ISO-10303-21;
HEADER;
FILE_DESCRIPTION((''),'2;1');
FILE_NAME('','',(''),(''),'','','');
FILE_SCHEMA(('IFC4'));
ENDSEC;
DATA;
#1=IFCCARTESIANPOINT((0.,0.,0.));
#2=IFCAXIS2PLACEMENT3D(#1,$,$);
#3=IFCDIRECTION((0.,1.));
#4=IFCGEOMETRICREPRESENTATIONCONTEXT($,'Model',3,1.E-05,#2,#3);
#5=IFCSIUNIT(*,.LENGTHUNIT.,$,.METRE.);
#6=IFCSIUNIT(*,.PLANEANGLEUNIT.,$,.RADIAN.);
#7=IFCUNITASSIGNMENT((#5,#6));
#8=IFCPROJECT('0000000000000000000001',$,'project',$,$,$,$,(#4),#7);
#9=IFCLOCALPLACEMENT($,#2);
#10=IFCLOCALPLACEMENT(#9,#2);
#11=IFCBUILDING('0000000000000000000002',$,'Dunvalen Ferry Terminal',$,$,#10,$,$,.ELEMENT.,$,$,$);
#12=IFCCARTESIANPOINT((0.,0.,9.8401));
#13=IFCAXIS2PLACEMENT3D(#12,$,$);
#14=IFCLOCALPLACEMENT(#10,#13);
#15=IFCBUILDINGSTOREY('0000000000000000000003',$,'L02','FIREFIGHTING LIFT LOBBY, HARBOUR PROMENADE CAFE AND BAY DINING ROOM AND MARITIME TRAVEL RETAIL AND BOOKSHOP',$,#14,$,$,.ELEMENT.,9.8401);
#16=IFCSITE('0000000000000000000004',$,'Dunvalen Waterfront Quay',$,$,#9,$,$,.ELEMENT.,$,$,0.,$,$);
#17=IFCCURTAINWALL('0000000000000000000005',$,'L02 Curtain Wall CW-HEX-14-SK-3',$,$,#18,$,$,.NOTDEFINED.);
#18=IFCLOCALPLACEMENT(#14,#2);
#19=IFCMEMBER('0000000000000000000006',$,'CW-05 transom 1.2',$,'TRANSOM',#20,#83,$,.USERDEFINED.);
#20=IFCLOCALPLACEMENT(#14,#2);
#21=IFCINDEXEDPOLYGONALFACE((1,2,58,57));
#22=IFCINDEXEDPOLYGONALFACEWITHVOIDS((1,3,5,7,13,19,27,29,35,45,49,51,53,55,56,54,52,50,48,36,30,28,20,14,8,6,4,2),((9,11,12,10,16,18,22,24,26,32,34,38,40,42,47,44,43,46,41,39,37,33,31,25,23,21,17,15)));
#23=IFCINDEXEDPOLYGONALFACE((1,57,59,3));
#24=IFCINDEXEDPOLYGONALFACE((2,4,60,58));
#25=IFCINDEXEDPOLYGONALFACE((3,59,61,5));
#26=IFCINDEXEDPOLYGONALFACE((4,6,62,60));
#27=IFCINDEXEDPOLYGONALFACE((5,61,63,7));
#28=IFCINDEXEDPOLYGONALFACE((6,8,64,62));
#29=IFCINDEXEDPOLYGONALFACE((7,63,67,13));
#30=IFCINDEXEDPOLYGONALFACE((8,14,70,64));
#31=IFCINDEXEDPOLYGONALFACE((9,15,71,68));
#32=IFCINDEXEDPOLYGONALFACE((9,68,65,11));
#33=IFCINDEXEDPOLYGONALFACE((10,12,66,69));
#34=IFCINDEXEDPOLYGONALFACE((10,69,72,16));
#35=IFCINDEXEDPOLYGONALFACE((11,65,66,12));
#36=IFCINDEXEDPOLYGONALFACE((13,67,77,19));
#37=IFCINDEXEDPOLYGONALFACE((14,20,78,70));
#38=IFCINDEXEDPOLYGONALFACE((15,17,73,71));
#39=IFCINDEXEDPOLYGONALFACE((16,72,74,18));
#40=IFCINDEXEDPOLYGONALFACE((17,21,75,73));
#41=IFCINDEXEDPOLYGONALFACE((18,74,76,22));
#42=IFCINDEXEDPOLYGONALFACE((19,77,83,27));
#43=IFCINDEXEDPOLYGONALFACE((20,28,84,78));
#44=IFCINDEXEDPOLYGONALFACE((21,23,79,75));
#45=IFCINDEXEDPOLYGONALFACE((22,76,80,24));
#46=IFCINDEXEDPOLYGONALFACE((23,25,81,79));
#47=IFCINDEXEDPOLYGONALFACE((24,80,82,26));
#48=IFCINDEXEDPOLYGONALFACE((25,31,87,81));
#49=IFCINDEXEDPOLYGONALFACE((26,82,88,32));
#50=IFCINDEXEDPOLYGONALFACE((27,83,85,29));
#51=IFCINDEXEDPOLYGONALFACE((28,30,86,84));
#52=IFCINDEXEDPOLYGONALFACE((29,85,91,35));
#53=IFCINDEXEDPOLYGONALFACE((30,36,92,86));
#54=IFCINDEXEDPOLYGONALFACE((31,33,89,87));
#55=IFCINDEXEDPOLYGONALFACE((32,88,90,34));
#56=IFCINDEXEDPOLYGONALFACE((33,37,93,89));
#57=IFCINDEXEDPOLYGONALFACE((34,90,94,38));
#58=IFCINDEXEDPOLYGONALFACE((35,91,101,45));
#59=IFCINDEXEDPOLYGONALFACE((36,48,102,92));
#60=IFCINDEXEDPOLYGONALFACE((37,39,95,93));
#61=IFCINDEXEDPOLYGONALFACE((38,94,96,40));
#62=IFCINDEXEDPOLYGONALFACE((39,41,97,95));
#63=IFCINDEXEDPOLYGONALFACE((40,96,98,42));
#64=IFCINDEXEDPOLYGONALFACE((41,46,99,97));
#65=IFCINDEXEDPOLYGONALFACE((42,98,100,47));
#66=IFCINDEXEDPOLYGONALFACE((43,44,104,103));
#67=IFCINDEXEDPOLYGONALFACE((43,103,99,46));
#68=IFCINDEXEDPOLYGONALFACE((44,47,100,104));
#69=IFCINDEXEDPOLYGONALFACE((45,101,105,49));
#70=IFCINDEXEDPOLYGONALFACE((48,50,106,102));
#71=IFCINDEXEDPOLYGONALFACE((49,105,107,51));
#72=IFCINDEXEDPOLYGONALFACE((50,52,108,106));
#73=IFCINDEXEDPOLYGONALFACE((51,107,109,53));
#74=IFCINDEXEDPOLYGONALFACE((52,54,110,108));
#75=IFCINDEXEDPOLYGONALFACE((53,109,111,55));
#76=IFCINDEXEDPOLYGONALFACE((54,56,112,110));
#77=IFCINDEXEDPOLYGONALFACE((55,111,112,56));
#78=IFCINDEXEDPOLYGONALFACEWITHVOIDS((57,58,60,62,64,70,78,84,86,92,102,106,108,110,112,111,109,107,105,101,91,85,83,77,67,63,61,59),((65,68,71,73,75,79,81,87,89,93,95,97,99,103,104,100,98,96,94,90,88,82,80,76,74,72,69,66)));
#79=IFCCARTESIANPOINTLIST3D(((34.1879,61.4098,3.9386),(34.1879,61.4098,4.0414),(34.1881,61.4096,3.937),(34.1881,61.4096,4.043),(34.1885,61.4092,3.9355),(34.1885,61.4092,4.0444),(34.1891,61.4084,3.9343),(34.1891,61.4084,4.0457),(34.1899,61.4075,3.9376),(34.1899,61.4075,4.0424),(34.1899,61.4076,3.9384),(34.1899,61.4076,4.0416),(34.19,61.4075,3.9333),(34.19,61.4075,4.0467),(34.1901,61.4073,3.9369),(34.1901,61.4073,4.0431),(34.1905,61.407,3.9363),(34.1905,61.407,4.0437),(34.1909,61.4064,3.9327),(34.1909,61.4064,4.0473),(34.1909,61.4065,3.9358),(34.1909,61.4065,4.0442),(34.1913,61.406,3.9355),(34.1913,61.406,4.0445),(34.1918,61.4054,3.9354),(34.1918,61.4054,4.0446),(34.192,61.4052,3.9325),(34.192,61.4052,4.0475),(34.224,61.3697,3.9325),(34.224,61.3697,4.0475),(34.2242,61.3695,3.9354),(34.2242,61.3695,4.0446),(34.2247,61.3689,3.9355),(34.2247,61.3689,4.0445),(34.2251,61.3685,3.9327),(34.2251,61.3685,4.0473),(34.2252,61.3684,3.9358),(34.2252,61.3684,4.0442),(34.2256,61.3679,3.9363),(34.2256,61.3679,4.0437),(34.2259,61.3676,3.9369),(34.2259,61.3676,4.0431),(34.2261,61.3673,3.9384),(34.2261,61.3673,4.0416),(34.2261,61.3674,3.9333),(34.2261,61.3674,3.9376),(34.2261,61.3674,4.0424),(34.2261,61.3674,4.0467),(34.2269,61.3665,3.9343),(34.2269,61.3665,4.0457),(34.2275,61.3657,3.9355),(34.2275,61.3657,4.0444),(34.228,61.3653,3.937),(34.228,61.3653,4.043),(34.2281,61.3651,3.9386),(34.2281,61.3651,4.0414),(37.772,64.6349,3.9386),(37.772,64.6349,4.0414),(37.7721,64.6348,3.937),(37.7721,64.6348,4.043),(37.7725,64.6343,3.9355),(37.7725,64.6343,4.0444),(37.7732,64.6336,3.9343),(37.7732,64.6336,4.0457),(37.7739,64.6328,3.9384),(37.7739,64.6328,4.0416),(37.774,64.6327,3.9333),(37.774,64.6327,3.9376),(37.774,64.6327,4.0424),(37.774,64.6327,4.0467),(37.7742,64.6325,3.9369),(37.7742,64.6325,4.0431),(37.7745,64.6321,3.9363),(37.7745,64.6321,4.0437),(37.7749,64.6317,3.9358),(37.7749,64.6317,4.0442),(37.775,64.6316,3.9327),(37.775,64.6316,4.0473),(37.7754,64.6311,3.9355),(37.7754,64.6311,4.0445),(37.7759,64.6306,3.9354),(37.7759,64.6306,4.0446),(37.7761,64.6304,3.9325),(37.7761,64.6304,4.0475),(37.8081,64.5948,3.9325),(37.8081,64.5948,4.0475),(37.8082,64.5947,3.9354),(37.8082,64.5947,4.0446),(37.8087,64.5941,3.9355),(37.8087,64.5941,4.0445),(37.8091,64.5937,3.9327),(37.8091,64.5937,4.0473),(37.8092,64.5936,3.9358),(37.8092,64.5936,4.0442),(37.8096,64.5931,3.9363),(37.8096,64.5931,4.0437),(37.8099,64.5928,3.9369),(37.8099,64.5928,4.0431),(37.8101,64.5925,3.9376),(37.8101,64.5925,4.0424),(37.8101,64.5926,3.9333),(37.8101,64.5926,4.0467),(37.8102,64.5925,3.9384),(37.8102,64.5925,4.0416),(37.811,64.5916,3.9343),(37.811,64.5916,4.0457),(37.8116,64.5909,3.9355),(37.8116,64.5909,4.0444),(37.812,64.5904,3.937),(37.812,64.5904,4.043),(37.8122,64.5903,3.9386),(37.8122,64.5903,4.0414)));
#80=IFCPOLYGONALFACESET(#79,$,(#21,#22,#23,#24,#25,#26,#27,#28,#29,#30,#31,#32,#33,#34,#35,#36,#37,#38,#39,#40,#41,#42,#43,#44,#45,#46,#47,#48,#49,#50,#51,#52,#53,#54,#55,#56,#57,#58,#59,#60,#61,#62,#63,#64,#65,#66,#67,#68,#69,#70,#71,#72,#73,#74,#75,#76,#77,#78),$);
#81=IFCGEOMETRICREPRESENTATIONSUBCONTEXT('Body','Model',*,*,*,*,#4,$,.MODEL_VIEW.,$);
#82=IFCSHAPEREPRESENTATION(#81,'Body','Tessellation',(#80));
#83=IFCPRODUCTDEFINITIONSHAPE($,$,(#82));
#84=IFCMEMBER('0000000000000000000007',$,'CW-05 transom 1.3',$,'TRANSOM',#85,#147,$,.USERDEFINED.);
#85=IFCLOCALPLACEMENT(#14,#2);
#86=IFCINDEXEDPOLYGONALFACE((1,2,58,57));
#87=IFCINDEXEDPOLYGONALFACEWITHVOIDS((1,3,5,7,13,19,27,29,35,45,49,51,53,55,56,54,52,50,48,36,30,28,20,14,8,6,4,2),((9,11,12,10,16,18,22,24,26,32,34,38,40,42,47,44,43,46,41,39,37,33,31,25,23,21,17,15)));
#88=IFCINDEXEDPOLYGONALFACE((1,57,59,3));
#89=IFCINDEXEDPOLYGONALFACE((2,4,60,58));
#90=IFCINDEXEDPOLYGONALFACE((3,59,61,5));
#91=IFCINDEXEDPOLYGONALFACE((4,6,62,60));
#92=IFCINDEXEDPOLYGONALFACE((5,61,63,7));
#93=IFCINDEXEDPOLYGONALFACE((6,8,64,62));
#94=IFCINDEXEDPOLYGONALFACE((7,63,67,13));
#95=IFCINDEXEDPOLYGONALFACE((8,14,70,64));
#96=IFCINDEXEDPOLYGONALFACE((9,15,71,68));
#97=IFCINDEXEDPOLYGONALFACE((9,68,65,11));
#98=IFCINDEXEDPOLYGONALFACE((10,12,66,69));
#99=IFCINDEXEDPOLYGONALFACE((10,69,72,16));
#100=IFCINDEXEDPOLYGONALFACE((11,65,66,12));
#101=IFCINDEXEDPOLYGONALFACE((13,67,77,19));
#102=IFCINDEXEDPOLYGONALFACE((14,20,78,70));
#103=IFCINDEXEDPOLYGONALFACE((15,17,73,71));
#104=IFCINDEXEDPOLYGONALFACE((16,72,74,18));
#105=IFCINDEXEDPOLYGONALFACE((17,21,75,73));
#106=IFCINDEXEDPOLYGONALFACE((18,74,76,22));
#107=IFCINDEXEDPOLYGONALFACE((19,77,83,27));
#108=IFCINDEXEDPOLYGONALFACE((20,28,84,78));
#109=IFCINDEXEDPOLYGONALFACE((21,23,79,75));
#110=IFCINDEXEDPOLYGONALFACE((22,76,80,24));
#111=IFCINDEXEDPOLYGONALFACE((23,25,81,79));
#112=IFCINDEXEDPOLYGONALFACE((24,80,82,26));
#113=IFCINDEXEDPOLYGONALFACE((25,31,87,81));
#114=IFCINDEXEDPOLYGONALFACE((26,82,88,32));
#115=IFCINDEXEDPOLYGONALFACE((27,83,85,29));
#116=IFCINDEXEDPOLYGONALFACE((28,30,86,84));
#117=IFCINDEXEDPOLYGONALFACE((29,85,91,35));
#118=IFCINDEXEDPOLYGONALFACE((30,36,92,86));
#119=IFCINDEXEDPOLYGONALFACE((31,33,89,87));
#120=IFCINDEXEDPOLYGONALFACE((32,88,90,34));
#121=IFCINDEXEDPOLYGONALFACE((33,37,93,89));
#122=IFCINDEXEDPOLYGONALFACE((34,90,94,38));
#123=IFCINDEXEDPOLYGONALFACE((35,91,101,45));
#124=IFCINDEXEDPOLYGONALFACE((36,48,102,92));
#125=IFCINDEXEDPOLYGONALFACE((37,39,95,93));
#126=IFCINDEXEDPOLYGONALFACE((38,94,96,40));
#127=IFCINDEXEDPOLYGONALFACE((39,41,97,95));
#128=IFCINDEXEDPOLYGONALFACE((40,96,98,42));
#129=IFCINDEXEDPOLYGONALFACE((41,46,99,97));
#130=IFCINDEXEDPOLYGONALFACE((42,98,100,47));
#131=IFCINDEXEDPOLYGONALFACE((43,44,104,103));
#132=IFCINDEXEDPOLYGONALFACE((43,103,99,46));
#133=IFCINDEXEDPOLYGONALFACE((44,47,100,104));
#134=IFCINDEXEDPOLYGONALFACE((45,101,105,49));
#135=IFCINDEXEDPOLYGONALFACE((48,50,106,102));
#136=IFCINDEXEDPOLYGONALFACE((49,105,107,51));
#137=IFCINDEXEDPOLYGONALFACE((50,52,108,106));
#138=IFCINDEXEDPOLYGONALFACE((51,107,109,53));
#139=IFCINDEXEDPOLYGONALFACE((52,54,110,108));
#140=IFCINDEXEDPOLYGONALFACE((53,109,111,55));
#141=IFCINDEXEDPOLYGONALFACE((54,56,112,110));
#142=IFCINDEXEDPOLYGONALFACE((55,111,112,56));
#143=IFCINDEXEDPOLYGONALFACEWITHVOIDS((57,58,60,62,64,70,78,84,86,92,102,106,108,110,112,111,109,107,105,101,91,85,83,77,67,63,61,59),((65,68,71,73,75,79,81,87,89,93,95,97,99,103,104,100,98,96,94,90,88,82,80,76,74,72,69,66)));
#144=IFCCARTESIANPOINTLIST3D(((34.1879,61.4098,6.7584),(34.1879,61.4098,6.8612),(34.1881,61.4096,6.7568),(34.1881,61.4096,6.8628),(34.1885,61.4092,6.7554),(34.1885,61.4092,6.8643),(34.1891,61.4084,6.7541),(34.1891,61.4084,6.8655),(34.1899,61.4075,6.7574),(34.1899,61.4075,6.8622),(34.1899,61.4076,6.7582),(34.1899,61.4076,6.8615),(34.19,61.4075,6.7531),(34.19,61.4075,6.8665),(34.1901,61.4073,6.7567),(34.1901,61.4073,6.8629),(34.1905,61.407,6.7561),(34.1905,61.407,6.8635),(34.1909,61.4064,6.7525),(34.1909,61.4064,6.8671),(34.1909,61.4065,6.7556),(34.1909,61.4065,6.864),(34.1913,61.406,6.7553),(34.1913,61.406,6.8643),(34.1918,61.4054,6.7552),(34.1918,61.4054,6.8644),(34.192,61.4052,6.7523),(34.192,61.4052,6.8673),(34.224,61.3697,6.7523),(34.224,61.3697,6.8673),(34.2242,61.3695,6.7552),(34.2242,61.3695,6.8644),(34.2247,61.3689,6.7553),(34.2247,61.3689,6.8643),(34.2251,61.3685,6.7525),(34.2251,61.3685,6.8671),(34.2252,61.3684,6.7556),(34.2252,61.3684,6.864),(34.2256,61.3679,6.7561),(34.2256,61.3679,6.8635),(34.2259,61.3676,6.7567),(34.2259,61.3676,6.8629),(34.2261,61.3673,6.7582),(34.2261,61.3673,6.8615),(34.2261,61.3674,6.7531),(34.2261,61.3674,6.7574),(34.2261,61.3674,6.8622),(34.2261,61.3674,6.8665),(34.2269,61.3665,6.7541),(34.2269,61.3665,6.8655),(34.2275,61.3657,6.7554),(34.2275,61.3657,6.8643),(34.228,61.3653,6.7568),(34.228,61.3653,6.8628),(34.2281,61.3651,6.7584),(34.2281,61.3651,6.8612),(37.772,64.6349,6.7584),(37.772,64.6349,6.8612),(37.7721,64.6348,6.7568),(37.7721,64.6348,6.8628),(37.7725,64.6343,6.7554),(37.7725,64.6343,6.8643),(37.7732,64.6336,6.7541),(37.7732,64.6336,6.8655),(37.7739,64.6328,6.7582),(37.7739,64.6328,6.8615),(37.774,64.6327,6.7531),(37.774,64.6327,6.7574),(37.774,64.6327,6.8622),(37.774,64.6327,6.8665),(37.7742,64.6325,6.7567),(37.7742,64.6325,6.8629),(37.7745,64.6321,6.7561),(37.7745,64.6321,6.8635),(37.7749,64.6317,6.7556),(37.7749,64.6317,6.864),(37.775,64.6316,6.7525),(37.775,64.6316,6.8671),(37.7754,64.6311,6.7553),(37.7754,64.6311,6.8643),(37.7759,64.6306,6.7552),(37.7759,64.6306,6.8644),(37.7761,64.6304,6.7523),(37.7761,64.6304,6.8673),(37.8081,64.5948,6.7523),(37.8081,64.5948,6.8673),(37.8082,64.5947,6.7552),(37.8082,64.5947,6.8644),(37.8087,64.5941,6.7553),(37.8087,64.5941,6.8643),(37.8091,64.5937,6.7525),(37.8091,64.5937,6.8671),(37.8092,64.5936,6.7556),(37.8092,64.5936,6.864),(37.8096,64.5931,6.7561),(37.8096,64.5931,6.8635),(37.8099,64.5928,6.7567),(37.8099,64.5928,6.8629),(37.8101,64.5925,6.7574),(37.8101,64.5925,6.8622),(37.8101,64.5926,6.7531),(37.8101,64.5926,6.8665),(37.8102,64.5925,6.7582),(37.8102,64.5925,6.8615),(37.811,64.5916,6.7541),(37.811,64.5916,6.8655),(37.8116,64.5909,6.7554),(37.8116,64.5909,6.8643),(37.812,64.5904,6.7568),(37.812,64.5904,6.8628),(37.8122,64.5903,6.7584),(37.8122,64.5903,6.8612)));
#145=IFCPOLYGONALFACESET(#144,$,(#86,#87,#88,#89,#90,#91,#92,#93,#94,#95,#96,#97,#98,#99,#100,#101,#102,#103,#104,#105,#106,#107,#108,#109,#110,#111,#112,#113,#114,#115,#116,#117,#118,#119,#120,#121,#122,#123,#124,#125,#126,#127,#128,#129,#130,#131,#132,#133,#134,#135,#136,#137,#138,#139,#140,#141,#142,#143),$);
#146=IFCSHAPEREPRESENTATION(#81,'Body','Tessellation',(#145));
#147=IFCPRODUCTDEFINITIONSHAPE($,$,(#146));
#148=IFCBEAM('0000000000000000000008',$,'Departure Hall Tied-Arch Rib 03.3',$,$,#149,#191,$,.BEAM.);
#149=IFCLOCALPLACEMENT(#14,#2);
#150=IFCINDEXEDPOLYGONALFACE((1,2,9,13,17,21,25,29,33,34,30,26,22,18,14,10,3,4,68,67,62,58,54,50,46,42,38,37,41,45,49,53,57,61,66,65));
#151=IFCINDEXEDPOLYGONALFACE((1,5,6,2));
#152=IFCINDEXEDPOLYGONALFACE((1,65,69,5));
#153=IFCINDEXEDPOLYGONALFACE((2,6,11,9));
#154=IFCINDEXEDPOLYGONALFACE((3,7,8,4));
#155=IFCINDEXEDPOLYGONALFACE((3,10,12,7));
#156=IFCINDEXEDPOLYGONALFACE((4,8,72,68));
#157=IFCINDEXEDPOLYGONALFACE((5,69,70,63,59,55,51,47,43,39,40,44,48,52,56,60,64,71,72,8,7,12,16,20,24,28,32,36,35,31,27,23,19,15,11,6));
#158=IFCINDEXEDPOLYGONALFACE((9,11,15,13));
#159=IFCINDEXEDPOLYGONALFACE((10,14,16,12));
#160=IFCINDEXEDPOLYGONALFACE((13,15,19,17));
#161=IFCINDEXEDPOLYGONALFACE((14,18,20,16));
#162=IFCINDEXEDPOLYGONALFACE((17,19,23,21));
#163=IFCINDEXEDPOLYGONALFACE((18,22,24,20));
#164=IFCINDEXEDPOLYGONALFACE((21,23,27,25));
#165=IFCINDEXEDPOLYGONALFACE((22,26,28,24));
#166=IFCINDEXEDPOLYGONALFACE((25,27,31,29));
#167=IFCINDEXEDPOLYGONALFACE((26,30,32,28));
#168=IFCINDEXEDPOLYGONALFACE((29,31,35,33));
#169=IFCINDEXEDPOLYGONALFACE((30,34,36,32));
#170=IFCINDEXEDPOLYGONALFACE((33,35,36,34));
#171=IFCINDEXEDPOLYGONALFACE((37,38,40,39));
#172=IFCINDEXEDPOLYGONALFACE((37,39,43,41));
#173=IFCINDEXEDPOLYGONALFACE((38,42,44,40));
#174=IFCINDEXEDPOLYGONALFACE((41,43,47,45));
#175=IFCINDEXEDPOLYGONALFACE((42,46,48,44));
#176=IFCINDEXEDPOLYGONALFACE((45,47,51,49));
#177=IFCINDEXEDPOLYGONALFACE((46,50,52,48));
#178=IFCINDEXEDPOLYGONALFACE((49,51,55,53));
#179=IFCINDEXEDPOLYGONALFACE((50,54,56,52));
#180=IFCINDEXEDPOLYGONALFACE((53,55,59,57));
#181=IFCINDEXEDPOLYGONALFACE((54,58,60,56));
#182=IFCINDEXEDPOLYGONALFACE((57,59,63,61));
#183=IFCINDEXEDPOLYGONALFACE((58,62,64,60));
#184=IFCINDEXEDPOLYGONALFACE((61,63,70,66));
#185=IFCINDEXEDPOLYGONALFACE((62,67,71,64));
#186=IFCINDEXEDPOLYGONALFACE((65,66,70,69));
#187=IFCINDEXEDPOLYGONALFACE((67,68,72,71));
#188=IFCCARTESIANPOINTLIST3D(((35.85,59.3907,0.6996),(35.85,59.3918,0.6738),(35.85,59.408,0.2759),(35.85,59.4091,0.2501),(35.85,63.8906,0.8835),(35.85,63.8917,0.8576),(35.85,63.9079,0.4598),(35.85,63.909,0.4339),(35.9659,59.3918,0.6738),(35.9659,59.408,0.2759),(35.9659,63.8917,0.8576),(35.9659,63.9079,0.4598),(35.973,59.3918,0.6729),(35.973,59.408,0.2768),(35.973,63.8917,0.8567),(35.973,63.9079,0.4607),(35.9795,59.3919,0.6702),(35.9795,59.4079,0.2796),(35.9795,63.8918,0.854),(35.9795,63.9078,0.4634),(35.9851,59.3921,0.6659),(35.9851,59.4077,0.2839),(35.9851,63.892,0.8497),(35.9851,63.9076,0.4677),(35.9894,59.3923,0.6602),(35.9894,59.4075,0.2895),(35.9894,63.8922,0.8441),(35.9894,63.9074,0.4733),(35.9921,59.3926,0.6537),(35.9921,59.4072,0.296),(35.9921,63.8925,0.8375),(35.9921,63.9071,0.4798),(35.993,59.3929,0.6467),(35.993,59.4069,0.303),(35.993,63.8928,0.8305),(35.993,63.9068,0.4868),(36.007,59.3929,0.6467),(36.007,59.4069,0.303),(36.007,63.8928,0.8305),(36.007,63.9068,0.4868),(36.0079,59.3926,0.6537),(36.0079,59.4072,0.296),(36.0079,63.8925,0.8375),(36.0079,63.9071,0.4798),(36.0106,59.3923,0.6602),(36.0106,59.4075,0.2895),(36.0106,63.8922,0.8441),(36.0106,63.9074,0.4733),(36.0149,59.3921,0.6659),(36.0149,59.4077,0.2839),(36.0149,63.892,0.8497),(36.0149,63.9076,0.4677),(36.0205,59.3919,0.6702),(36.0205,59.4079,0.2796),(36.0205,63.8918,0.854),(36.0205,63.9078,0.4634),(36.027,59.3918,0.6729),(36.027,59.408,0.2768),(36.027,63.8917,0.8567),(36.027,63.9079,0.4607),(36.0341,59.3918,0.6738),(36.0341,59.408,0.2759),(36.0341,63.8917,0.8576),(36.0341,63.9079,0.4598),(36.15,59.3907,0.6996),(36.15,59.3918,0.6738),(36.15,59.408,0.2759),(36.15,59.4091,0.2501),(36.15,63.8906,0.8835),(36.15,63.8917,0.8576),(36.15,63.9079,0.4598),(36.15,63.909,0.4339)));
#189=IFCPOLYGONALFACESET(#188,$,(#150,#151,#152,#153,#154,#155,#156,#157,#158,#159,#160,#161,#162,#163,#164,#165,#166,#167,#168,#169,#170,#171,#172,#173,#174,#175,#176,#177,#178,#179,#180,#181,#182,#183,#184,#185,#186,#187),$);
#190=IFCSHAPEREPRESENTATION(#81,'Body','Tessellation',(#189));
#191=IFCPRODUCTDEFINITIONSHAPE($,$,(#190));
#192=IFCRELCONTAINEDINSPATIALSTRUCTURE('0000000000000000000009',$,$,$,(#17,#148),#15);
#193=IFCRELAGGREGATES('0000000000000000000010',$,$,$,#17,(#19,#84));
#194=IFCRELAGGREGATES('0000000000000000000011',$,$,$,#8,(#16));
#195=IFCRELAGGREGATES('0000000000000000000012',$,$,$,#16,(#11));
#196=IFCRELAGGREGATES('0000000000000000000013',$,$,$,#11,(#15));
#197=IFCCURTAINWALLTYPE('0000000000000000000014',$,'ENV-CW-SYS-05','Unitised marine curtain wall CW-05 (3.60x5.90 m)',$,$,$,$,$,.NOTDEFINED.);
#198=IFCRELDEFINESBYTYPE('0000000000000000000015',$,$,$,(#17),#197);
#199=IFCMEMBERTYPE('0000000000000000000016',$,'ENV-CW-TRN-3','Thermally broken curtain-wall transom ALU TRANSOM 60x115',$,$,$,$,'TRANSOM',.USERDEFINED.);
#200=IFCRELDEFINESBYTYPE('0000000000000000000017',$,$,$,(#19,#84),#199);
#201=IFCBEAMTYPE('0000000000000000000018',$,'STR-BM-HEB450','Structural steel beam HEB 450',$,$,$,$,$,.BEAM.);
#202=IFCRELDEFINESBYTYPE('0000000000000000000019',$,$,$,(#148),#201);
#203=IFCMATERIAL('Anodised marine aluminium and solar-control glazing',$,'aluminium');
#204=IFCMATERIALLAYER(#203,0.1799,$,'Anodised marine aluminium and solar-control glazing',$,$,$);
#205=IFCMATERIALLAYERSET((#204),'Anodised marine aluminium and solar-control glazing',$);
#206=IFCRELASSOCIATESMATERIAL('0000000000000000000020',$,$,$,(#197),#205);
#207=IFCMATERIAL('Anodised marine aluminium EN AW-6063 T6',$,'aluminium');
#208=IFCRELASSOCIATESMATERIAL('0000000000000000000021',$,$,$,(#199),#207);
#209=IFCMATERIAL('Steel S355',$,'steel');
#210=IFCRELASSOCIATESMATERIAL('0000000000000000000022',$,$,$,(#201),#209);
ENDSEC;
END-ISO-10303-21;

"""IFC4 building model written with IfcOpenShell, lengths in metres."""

from ifc_helpers import new_model, si_unit, direction, frame, origin, origin_2d, place, context, subcontext, project, spatial, hollow_rectangle, i_section, extrude, material, layer, layer_set, material_profile, profile_set, type_object, element, aggregate, save


model = new_model("IFC4")

# Units and contexts
model_context = context("Model", 3, precision=1e-05, world=origin(), true_north=direction((0.0, 1.0)))
body_context = subcontext(model_context, "Body", "Model", "MODEL_VIEW")
ifc_project = project(units=[si_unit("LENGTHUNIT", "METRE"), si_unit("PLANEANGLEUNIT", "RADIAN")], contexts=[model_context])

# Site, building, storey
site_placement = place(None, origin())
site = spatial("IfcSite", under=ifc_project, at=site_placement, Name="Dunvalen Waterfront Quay", CompositionType="ELEMENT", RefElevation=0.0)
building_placement = place(site_placement, origin())
building = spatial("IfcBuilding", under=site, at=building_placement, Name="Dunvalen Ferry Terminal", CompositionType="ELEMENT")
storey_placement = place(building_placement, frame((0.0, 0.0, 9.8401)))
storey = spatial("IfcBuildingStorey", under=building, at=storey_placement, Name="L02", Description="FIREFIGHTING LIFT LOBBY, HARBOUR PROMENADE CAFE AND BAY DINING ROOM AND MARITIME TRAVEL RETAIL AND BOOKSHOP", CompositionType="ELEMENT", Elevation=9.8401)

# Curtain wall, members
ifc_material_1 = material(Name="Anodised marine aluminium and solar-control glazing", Category="aluminium")
ifc_layer_1 = layer(ifc_material_1, 0.1799, Name="Anodised marine aluminium and solar-control glazing")
ifc_layer_set_1 = layer_set([ifc_layer_1], Name="Anodised marine aluminium and solar-control glazing")
curtain_wall_type = type_object("IfcCurtainWallType", Name="ENV-CW-SYS-05", Description="Unitised marine curtain wall CW-05 (3.60x5.90 m)", PredefinedType="NOTDEFINED", material=ifc_layer_set_1)
curtain_wall_placement = place(storey_placement, origin())
curtain_wall = element("IfcCurtainWall", 1, at=curtain_wall_placement, inside=storey, type_object=curtain_wall_type, Name="L02 Curtain Wall CW-HEX-14-SK-3", PredefinedType="NOTDEFINED")
ifc_material_2 = material(Name="Anodised marine aluminium EN AW-6063 T6", Category="aluminium")
ifc_material_profile_1 = material_profile(ifc_material_2, hollow_rectangle(XDim=0.0601, YDim=0.115, WallThickness=0.0029, InnerFilletRadius=0.0029, OuterFilletRadius=0.0061, at=origin_2d()), Name="Anodised marine aluminium EN AW-6063 T6")
ifc_profile_set_1 = profile_set([ifc_material_profile_1], Name="Anodised marine aluminium EN AW-6063 T6")
member_type_1 = type_object("IfcMemberType", Name="ENV-CW-TRN-3", Description="Thermally broken curtain-wall transom ALU TRANSOM 60x115", ElementType="TRANSOM", PredefinedType="USERDEFINED", material=ifc_profile_set_1)
member_1_placement = place(storey_placement, frame((34.208, 61.3875, 3.99), z_axis=(0.743345, 0.668909, 0.0), x_axis=(-0.668909, 0.743345, 0.0)))
member_1 = element("IfcMember", 2, at=member_1_placement, type_object=member_type_1, Name="CW-05 transom 1.2", ObjectType="TRANSOM", PredefinedType="USERDEFINED", context=body_context, shape_type="SweptSolid", body=[
    extrude(hollow_rectangle(XDim=0.0601, YDim=0.115, WallThickness=0.0029, InnerFilletRadius=0.0029, OuterFilletRadius=0.0061, at=origin_2d()), origin(), (0.0, 0.0, 1.0), 4.8215),
])
member_2_placement = place(storey_placement, frame((34.208, 61.3875, 6.8098), z_axis=(0.743345, 0.668909, 0.0), x_axis=(-0.668909, 0.743345, 0.0)))
member_2 = element("IfcMember", 3, at=member_2_placement, type_object=member_type_1, Name="CW-05 transom 1.3", ObjectType="TRANSOM", PredefinedType="USERDEFINED", context=body_context, shape_type="SweptSolid", body=[
    extrude(hollow_rectangle(XDim=0.0601, YDim=0.115, WallThickness=0.0029, InnerFilletRadius=0.0029, OuterFilletRadius=0.0061, at=origin_2d()), origin(), (0.0, 0.0, 1.0), 4.8215),
])

# Beam
ifc_material_3 = material(Name="Steel S355", Category="steel")
ifc_material_profile_2 = material_profile(ifc_material_3, i_section(OverallWidth=0.3, OverallDepth=0.45, WebThickness=0.0139, FlangeThickness=0.0259, FilletRadius=0.0271, at=origin_2d()), Name="Steel S355")
ifc_profile_set_2 = profile_set([ifc_material_profile_2], Name="Steel S355")
beam_type_1 = type_object("IfcBeamType", Name="STR-BM-HEB450", Description="Structural steel beam HEB 450", PredefinedType="BEAM", material=ifc_profile_set_2)
beam_1_placement = place(storey_placement, frame((36.0, 59.3999, 0.4749), z_axis=(0.0, 0.999167, 0.040819), x_axis=(-1.0, 0.0, 0.0)))
element("IfcBeam", 4, at=beam_1_placement, inside=storey, type_object=beam_type_1, Name="Departure Hall Tied-Arch Rib 03.3", PredefinedType="BEAM", context=body_context, shape_type="SweptSolid", body=[
    extrude(i_section(OverallWidth=0.3, OverallDepth=0.45, WebThickness=0.0139, FlangeThickness=0.0259, FilletRadius=0.0271, at=origin_2d()), origin(), (0.0, 0.0, 1.0), 4.5037),
])

aggregate(curtain_wall, [member_1, member_2])

save(model, "model.ifc")
